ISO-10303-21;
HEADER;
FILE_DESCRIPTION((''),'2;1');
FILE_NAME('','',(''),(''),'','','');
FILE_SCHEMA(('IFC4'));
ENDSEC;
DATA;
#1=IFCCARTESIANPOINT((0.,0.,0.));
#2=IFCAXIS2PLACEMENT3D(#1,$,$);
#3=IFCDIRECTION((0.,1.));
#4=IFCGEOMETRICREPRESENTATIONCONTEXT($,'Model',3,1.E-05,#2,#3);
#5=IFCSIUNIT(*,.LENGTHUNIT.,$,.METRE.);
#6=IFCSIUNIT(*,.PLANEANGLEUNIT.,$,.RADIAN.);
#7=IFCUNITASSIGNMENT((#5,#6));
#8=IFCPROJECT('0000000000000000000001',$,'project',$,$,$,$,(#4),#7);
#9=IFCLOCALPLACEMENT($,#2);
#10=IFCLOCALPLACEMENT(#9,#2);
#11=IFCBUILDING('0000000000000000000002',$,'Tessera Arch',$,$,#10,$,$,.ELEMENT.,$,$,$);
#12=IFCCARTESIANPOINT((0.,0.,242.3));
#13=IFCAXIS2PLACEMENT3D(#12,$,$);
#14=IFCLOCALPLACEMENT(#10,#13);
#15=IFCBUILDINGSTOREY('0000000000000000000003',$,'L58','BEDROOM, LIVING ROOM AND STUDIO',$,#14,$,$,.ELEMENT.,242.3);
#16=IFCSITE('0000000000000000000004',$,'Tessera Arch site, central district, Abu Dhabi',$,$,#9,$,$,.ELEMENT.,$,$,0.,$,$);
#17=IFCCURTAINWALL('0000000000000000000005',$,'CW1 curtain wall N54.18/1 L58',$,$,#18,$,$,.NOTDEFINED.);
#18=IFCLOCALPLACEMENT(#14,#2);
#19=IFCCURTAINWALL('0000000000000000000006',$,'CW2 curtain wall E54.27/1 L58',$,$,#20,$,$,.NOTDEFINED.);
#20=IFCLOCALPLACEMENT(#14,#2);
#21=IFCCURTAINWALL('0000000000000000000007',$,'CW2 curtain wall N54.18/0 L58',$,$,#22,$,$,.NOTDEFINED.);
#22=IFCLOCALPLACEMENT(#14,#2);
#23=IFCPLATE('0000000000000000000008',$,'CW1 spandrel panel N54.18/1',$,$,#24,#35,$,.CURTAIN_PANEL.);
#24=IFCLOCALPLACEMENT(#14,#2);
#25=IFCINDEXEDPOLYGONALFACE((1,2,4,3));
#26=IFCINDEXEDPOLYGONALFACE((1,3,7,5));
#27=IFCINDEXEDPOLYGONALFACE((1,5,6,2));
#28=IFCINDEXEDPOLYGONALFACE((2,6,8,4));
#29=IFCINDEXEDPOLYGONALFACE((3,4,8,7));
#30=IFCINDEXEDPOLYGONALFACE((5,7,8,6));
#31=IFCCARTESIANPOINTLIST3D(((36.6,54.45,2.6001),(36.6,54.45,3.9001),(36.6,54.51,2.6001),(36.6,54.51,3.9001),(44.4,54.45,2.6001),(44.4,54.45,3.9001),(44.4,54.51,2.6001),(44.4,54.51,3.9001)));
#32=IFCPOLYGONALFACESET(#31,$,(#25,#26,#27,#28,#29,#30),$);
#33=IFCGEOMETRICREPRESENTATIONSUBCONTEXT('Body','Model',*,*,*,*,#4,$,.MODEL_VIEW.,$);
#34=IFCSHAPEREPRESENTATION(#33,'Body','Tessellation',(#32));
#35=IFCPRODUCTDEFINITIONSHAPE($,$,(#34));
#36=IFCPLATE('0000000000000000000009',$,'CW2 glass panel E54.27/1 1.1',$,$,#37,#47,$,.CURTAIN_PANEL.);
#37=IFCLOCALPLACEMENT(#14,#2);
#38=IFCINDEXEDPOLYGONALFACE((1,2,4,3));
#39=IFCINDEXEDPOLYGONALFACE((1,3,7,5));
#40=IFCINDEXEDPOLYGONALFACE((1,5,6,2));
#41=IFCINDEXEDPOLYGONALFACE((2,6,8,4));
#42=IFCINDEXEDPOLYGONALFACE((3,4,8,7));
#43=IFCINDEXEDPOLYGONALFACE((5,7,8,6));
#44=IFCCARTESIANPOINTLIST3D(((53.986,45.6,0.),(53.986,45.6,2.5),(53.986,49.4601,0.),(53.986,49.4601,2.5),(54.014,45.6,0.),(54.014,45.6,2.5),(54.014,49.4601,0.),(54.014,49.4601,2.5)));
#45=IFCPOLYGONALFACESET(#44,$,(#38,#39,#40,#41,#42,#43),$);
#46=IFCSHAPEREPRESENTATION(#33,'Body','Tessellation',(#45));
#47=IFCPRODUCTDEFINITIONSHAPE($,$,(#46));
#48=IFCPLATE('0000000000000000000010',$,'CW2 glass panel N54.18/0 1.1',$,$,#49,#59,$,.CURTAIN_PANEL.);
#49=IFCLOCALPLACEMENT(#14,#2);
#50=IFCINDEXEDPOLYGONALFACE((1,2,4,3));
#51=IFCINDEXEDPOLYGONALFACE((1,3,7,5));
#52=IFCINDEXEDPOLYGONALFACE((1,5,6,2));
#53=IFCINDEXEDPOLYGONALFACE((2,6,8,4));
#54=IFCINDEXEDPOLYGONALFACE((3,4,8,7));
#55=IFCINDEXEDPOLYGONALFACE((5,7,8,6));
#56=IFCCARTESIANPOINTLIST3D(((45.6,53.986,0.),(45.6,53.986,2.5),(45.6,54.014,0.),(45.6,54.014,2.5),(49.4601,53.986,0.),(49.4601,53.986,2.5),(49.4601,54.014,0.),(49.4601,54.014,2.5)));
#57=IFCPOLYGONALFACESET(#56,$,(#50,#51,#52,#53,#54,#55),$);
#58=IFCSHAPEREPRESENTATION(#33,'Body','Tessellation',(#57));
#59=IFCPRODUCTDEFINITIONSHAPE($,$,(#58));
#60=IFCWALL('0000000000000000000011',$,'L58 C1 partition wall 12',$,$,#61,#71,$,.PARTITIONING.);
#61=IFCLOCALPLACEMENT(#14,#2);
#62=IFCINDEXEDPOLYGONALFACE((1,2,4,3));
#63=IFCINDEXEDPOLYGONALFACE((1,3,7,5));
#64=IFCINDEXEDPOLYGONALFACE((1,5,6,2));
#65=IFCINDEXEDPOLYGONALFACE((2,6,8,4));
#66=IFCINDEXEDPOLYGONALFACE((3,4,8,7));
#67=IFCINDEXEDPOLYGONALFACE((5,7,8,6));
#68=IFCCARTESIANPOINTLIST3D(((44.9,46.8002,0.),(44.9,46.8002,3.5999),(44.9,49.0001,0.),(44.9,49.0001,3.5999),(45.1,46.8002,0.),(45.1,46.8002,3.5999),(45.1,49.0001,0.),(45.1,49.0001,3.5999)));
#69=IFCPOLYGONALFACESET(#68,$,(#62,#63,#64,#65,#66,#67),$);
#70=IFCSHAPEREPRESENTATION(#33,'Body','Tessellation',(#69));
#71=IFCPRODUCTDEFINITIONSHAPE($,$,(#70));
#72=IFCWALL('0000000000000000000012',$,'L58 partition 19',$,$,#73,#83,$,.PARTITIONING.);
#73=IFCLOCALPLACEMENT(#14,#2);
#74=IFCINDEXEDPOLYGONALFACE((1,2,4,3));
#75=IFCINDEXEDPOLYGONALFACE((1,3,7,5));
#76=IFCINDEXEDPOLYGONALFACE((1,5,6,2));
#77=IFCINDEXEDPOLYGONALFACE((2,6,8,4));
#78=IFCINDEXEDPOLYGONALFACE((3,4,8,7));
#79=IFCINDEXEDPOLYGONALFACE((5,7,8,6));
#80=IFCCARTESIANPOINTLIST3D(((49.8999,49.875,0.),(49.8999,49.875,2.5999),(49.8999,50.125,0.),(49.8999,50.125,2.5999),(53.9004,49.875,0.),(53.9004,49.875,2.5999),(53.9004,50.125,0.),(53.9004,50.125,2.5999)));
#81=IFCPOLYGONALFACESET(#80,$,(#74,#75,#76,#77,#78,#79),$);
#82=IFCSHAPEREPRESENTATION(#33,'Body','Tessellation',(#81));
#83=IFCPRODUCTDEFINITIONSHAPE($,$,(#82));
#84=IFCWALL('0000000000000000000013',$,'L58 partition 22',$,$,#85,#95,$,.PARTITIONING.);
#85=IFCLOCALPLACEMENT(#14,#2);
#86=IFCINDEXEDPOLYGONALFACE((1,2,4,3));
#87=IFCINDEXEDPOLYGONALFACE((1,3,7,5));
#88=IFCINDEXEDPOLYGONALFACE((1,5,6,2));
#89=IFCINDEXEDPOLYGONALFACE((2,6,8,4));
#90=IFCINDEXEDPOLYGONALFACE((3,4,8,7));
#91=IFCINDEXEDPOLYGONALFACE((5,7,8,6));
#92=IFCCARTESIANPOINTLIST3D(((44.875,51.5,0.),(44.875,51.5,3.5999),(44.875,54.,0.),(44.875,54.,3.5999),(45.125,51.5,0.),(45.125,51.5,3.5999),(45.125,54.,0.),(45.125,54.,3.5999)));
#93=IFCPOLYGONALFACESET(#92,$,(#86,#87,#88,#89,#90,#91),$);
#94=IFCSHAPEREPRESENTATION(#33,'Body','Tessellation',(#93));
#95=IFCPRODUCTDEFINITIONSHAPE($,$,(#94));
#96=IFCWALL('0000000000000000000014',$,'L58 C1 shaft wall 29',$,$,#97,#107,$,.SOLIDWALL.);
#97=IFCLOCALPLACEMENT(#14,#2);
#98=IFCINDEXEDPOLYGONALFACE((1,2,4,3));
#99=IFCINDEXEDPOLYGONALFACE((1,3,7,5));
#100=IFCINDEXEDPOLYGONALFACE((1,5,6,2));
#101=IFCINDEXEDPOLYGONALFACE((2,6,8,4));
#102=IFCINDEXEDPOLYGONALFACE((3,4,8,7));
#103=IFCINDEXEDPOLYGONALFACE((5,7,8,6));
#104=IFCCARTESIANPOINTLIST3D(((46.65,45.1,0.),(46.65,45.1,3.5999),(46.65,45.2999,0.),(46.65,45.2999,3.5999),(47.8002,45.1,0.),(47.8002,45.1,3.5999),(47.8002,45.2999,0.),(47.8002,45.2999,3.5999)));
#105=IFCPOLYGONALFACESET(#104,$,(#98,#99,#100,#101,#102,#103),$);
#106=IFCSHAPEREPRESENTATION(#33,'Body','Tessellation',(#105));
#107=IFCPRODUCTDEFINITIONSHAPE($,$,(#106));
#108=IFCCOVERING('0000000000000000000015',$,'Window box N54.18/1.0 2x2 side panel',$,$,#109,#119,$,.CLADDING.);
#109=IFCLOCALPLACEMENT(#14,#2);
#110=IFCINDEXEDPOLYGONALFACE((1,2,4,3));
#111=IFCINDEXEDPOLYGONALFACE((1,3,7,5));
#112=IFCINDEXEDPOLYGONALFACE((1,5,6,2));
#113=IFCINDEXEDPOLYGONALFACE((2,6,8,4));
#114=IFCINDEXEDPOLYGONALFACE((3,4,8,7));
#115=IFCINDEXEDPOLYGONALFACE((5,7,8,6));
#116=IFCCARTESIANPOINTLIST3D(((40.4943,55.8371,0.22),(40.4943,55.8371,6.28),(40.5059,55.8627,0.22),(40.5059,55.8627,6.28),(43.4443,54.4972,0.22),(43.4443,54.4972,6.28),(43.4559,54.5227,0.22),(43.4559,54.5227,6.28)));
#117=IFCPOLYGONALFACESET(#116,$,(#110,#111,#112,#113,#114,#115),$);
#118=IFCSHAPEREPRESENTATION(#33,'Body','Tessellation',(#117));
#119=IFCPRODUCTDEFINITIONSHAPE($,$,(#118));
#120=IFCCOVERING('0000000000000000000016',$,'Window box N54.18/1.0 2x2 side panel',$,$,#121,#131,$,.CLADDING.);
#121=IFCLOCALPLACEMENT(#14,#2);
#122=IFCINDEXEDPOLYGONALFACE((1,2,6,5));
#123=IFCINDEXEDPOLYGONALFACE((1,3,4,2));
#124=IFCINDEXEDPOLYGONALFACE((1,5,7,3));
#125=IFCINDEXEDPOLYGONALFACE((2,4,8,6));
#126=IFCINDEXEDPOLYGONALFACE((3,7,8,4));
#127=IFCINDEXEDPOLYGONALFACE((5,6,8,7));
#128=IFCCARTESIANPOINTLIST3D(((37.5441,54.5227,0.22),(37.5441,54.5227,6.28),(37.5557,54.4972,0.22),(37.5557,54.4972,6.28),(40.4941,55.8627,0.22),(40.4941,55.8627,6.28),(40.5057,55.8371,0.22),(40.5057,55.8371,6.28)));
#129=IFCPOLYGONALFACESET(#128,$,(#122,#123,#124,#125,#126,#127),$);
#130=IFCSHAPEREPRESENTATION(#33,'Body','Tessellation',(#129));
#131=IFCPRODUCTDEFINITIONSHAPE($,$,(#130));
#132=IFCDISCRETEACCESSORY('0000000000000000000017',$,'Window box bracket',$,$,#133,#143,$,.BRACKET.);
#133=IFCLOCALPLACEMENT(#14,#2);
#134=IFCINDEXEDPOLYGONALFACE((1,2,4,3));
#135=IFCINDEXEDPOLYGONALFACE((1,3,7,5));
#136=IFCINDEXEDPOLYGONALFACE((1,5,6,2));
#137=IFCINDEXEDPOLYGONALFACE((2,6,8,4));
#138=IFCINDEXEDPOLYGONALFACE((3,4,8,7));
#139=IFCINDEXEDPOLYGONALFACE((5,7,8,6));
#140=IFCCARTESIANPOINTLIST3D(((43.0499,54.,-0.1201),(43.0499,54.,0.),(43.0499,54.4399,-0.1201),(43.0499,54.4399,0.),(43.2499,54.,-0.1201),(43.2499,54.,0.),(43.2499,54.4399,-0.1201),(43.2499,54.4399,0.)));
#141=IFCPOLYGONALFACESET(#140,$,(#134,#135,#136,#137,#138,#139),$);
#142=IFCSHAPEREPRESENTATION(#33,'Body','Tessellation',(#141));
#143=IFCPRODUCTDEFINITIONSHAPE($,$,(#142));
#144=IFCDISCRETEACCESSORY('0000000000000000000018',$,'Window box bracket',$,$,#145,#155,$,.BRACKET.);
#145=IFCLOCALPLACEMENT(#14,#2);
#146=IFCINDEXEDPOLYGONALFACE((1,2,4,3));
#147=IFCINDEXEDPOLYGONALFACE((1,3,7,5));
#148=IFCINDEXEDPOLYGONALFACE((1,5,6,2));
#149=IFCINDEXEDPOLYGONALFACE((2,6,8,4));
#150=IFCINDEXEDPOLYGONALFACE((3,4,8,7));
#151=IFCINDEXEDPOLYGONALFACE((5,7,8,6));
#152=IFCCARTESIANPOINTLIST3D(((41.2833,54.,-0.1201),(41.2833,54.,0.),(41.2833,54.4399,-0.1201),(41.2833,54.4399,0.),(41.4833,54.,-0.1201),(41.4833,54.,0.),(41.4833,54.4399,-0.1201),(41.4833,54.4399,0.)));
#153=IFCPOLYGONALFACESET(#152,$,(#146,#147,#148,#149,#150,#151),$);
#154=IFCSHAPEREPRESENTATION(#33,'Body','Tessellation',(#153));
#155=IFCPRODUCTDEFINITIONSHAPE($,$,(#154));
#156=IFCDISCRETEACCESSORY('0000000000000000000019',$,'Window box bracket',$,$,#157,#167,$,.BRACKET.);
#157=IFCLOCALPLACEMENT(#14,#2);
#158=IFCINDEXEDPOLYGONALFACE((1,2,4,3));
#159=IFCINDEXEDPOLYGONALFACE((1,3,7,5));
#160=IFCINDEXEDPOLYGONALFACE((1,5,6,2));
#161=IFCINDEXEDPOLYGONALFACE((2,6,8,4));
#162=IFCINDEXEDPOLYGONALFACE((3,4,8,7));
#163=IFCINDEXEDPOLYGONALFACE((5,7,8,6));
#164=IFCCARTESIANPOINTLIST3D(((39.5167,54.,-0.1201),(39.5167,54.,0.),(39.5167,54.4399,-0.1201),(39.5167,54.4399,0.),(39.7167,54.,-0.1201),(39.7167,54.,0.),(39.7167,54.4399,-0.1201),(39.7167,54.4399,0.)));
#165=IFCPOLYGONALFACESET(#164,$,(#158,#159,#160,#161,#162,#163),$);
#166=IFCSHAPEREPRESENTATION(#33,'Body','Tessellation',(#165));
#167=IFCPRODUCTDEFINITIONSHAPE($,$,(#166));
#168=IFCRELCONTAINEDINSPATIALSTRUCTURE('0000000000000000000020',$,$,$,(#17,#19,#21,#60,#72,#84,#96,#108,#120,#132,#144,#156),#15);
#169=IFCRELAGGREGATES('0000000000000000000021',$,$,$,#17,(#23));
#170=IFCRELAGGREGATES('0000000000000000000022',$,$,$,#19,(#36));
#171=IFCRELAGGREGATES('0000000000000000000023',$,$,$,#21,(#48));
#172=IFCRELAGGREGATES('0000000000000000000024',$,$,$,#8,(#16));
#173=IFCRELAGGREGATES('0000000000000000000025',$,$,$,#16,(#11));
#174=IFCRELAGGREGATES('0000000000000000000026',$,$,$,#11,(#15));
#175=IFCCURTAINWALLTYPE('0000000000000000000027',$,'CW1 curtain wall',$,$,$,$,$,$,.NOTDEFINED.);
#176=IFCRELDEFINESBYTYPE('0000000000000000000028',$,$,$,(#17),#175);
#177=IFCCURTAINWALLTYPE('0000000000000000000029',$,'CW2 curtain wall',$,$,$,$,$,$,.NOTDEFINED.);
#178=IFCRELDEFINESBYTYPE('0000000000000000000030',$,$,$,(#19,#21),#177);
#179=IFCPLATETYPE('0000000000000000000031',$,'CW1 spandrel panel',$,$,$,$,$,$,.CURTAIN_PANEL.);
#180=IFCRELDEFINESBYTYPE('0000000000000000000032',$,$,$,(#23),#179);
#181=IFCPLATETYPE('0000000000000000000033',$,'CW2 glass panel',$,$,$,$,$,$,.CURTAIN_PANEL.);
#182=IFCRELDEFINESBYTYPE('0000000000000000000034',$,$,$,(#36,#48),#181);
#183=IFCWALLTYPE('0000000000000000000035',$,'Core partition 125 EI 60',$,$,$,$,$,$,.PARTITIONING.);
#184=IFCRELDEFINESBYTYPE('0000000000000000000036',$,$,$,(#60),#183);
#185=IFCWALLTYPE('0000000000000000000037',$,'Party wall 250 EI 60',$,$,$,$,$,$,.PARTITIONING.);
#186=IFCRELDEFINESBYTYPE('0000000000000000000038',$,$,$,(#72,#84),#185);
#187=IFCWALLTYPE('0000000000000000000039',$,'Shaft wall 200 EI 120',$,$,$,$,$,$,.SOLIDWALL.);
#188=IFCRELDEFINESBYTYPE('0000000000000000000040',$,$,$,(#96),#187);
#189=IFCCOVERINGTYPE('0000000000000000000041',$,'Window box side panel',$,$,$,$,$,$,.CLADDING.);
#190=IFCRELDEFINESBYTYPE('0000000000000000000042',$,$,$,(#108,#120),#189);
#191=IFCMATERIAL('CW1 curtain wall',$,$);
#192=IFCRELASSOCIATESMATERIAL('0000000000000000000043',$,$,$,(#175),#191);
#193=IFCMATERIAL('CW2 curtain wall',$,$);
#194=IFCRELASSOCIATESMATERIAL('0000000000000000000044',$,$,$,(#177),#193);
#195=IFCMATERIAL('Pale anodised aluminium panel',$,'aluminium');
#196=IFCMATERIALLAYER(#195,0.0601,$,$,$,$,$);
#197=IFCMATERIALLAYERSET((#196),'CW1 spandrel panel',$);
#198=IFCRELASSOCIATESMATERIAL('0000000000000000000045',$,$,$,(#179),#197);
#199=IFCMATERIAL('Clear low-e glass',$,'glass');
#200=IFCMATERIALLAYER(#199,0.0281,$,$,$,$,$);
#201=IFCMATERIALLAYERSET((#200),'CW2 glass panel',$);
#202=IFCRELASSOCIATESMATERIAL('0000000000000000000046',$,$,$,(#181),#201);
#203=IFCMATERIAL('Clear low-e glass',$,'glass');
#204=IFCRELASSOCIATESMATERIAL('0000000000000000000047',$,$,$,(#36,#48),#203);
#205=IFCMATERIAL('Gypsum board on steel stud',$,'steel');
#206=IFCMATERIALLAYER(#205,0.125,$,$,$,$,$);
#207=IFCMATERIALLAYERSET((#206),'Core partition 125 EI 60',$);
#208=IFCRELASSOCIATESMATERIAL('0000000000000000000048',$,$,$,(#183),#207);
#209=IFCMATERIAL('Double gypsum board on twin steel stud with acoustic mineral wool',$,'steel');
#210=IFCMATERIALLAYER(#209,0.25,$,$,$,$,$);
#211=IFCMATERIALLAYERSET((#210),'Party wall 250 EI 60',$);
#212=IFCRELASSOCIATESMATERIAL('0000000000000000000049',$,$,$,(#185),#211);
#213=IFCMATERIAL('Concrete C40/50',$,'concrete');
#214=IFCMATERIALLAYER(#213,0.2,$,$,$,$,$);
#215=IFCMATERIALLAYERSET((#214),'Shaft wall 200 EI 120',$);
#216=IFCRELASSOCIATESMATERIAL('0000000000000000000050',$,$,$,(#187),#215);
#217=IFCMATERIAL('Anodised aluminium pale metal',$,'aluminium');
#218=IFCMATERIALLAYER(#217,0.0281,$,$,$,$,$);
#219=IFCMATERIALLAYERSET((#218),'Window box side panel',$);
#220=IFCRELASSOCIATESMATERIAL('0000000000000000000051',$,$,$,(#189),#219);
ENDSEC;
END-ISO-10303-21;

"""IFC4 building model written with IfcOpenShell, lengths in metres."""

from ifc_helpers import new_model, si_unit, direction, frame, frame_2d, origin, origin_2d, place, context, subcontext, project, spatial, rectangle, extrude, material, layer, layer_set, type_object, element, aggregate, save


model = new_model("IFC4")

# Units and contexts
model_context = context("Model", 3, precision=1e-05, world=origin(), true_north=direction((0.0, 1.0)))
body_context = subcontext(model_context, "Body", "Model", "MODEL_VIEW")
ifc_project = project(units=[si_unit("LENGTHUNIT", "METRE"), si_unit("PLANEANGLEUNIT", "RADIAN")], contexts=[model_context])

# Site, building, storey
site_placement = place(None, origin())
site = spatial("IfcSite", under=ifc_project, at=site_placement, Name="Tessera Arch site, central district, Abu Dhabi", CompositionType="ELEMENT", RefElevation=0.0)
building_placement = place(site_placement, origin())
building = spatial("IfcBuilding", under=site, at=building_placement, Name="Tessera Arch", CompositionType="ELEMENT")
storey_placement = place(building_placement, frame((0.0, 0.0, 242.3)))
storey = spatial("IfcBuildingStorey", under=building, at=storey_placement, Name="L58", Description="BEDROOM, LIVING ROOM AND STUDIO", CompositionType="ELEMENT", Elevation=242.3)

# Curtain wall
ifc_material_1 = material(Name="CW1 curtain wall")
curtain_wall_type_1 = type_object("IfcCurtainWallType", Name="CW1 curtain wall", PredefinedType="NOTDEFINED", material=ifc_material_1)
curtain_wall_1_placement = place(storey_placement, origin())
curtain_wall_1 = element("IfcCurtainWall", 1, at=curtain_wall_1_placement, inside=storey, type_object=curtain_wall_type_1, Name="CW1 curtain wall N54.18/1 L58", PredefinedType="NOTDEFINED")

# Curtain walls
ifc_material_2 = material(Name="CW2 curtain wall")
curtain_wall_type_2 = type_object("IfcCurtainWallType", Name="CW2 curtain wall", PredefinedType="NOTDEFINED", material=ifc_material_2)
curtain_wall_2_placement = place(storey_placement, origin())
curtain_wall_2 = element("IfcCurtainWall", 2, at=curtain_wall_2_placement, inside=storey, type_object=curtain_wall_type_2, Name="CW2 curtain wall E54.27/1 L58", PredefinedType="NOTDEFINED")
curtain_wall_3_placement = place(storey_placement, origin())
curtain_wall_3 = element("IfcCurtainWall", 3, at=curtain_wall_3_placement, inside=storey, type_object=curtain_wall_type_2, Name="CW2 curtain wall N54.18/0 L58", PredefinedType="NOTDEFINED")

# Plates
ifc_material_3 = material(Name="Clear low-e glass", Category="glass")
ifc_material_4 = material(Name="Pale anodised aluminium panel", Category="aluminium")
ifc_layer_1 = layer(ifc_material_4, 0.0601)
ifc_layer_set_1 = layer_set([ifc_layer_1], Name="CW1 spandrel panel")
plate_type_1 = type_object("IfcPlateType", Name="CW1 spandrel panel", PredefinedType="CURTAIN_PANEL", material=ifc_layer_set_1)
plate_1_placement = place(storey_placement, frame((40.5, 54.48, 2.6001), z_axis=(0.0, 0.0, 1.0), x_axis=(-1.0, 0.0, 0.0)))
plate_1 = element("IfcPlate", 4, at=plate_1_placement, type_object=plate_type_1, Name="CW1 spandrel panel N54.18/1", PredefinedType="CURTAIN_PANEL", context=body_context, shape_type="SweptSolid", body=[
    extrude(rectangle(XDim=7.8, YDim=0.0601, at=origin_2d()), origin(), (0.0, 0.0, 1.0), 1.3),
])
aggregate(curtain_wall_1, [plate_1])
ifc_material_5 = material(Name="Clear low-e glass", Category="glass")
ifc_layer_2 = layer(ifc_material_5, 0.0281)
ifc_layer_set_2 = layer_set([ifc_layer_2], Name="CW2 glass panel")
plate_type_2 = type_object("IfcPlateType", Name="CW2 glass panel", PredefinedType="CURTAIN_PANEL", material=ifc_layer_set_2)
plate_2_placement = place(storey_placement, frame((54.0, 47.53, 0.0), z_axis=(0.0, 0.0, 1.0), x_axis=(0.0, 1.0, 0.0)))
plate_2 = element("IfcPlate", 5, at=plate_2_placement, type_object=plate_type_2, material=ifc_material_3, Name="CW2 glass panel E54.27/1 1.1", PredefinedType="CURTAIN_PANEL", context=body_context, shape_type="SweptSolid", body=[
    extrude(rectangle(XDim=3.8601, YDim=0.0281, at=origin_2d()), origin(), (0.0, 0.0, 1.0), 2.5),
])
aggregate(curtain_wall_2, [plate_2])
plate_3_placement = place(storey_placement, frame((47.53, 54.0, 0.0), z_axis=(0.0, 0.0, 1.0), x_axis=(-1.0, 0.0, 0.0)))
plate_3 = element("IfcPlate", 6, at=plate_3_placement, type_object=plate_type_2, material=ifc_material_3, Name="CW2 glass panel N54.18/0 1.1", PredefinedType="CURTAIN_PANEL", context=body_context, shape_type="SweptSolid", body=[
    extrude(rectangle(XDim=3.8601, YDim=0.0281, at=origin_2d()), origin(), (0.0, 0.0, 1.0), 2.5),
])
aggregate(curtain_wall_3, [plate_3])

# Walls
ifc_material_6 = material(Name="Gypsum board on steel stud", Category="steel")
ifc_layer_3 = layer(ifc_material_6, 0.125)
ifc_layer_set_3 = layer_set([ifc_layer_3], Name="Core partition 125 EI 60")
wall_type_1 = type_object("IfcWallType", Name="Core partition 125 EI 60", PredefinedType="PARTITIONING", material=ifc_layer_set_3)
wall_1_placement = place(storey_placement, frame((45.0, 46.8, 0.0), z_axis=(0.0, 0.0, 1.0), x_axis=(0.0, 1.0, 0.0)))
element("IfcWall", 7, at=wall_1_placement, inside=storey, type_object=wall_type_1, Name="L58 C1 partition wall 12", PredefinedType="PARTITIONING", context=body_context, shape_type="SweptSolid", body=[
    extrude(rectangle(XDim=2.2, YDim=0.2, at=frame_2d((1.1001, 0.0))), origin(), (0.0, 0.0, 1.0), 3.5999),
])
ifc_material_7 = material(Name="Double gypsum board on twin steel stud with acoustic mineral wool", Category="steel")
ifc_layer_4 = layer(ifc_material_7, 0.25)
ifc_layer_set_4 = layer_set([ifc_layer_4], Name="Party wall 250 EI 60")
wall_type_2 = type_object("IfcWallType", Name="Party wall 250 EI 60", PredefinedType="PARTITIONING", material=ifc_layer_set_4)
wall_2_placement = place(storey_placement, frame((49.8999, 50.0, 0.0), z_axis=(0.0, 0.0, 1.0), x_axis=(1.0, 0.0, 0.0)))
element("IfcWall", 8, at=wall_2_placement, inside=storey, type_object=wall_type_2, Name="L58 partition 19", PredefinedType="PARTITIONING", context=body_context, shape_type="SweptSolid", body=[
    extrude(rectangle(XDim=4.0005, YDim=0.25, at=frame_2d((2.0002, 0.0))), origin(), (0.0, 0.0, 1.0), 2.5999),
])
wall_3_placement = place(storey_placement, frame((45.0, 51.5, 0.0), z_axis=(0.0, 0.0, 1.0), x_axis=(0.0, 1.0, 0.0)))
element("IfcWall", 9, at=wall_3_placement, inside=storey, type_object=wall_type_2, Name="L58 partition 22", PredefinedType="PARTITIONING", context=body_context, shape_type="SweptSolid", body=[
    extrude(rectangle(XDim=2.5, YDim=0.25, at=frame_2d((1.25, 0.0))), origin(), (0.0, 0.0, 1.0), 3.5999),
])
ifc_material_8 = material(Name="Concrete C40/50", Category="concrete")
ifc_layer_5 = layer(ifc_material_8, 0.2)
ifc_layer_set_5 = layer_set([ifc_layer_5], Name="Shaft wall 200 EI 120")
wall_type_3 = type_object("IfcWallType", Name="Shaft wall 200 EI 120", PredefinedType="SOLIDWALL", material=ifc_layer_set_5)
wall_4_placement = place(storey_placement, frame((46.6499, 45.2, 0.0), z_axis=(0.0, 0.0, 1.0), x_axis=(1.0, 0.0, 0.0)))
element("IfcWall", 10, at=wall_4_placement, inside=storey, type_object=wall_type_3, Name="L58 C1 shaft wall 29", PredefinedType="SOLIDWALL", context=body_context, shape_type="SweptSolid", body=[
    extrude(rectangle(XDim=1.1501, YDim=0.2, at=frame_2d((0.5752, 0.0))), origin(), (0.0, 0.0, 1.0), 3.5999),
])

# Coverings
ifc_material_9 = material(Name="Anodised aluminium pale metal", Category="aluminium")
ifc_layer_6 = layer(ifc_material_9, 0.0281)
ifc_layer_set_6 = layer_set([ifc_layer_6], Name="Window box side panel")
covering_type = type_object("IfcCoveringType", Name="Window box side panel", PredefinedType="CLADDING", material=ifc_layer_set_6)
for number, where, z_axis, x_axis, name in (
    (11, (41.9751, 55.1799, 0.22), (0.0, 0.0, 1.0), (-0.910472, 0.41357, 0.0), "Window box N54.18/1.0 2x2 side panel"),
    (12, (39.0249, 55.1799, 0.22), (0.0, 0.0, 1.0), (0.910472, 0.41357, 0.0), "Window box N54.18/1.0 2x2 side panel"),
):
    element("IfcCovering", number, at=place(storey_placement, frame(where, z_axis=z_axis, x_axis=x_axis)), inside=storey, type_object=covering_type, Name=name, PredefinedType="CLADDING", context=body_context, shape_type="SweptSolid", body=[
        extrude(rectangle(XDim=3.24, YDim=0.0281, at=origin_2d()), origin(), (0.0, 0.0, 1.0), 6.0601),
    ])

# Discrete accessories
for number, where, z_axis, x_axis, name in (
    (13, (43.1499, 54.22, -0.1201), (0.0, 0.0, 1.0), (0.0, 1.0, 0.0), "Window box bracket"),
    (14, (41.3833, 54.22, -0.1201), (0.0, 0.0, 1.0), (0.0, 1.0, 0.0), "Window box bracket"),
    (15, (39.6167, 54.22, -0.1201), (0.0, 0.0, 1.0), (0.0, 1.0, 0.0), "Window box bracket"),
):
    element("IfcDiscreteAccessory", number, at=place(storey_placement, frame(where, z_axis=z_axis, x_axis=x_axis)), inside=storey, Name=name, PredefinedType="BRACKET", context=body_context, shape_type="SweptSolid", body=[
        extrude(rectangle(XDim=0.4399, YDim=0.2, at=origin_2d()), origin(), (0.0, 0.0, 1.0), 0.1201),
    ])

save(model, "model.ifc")
